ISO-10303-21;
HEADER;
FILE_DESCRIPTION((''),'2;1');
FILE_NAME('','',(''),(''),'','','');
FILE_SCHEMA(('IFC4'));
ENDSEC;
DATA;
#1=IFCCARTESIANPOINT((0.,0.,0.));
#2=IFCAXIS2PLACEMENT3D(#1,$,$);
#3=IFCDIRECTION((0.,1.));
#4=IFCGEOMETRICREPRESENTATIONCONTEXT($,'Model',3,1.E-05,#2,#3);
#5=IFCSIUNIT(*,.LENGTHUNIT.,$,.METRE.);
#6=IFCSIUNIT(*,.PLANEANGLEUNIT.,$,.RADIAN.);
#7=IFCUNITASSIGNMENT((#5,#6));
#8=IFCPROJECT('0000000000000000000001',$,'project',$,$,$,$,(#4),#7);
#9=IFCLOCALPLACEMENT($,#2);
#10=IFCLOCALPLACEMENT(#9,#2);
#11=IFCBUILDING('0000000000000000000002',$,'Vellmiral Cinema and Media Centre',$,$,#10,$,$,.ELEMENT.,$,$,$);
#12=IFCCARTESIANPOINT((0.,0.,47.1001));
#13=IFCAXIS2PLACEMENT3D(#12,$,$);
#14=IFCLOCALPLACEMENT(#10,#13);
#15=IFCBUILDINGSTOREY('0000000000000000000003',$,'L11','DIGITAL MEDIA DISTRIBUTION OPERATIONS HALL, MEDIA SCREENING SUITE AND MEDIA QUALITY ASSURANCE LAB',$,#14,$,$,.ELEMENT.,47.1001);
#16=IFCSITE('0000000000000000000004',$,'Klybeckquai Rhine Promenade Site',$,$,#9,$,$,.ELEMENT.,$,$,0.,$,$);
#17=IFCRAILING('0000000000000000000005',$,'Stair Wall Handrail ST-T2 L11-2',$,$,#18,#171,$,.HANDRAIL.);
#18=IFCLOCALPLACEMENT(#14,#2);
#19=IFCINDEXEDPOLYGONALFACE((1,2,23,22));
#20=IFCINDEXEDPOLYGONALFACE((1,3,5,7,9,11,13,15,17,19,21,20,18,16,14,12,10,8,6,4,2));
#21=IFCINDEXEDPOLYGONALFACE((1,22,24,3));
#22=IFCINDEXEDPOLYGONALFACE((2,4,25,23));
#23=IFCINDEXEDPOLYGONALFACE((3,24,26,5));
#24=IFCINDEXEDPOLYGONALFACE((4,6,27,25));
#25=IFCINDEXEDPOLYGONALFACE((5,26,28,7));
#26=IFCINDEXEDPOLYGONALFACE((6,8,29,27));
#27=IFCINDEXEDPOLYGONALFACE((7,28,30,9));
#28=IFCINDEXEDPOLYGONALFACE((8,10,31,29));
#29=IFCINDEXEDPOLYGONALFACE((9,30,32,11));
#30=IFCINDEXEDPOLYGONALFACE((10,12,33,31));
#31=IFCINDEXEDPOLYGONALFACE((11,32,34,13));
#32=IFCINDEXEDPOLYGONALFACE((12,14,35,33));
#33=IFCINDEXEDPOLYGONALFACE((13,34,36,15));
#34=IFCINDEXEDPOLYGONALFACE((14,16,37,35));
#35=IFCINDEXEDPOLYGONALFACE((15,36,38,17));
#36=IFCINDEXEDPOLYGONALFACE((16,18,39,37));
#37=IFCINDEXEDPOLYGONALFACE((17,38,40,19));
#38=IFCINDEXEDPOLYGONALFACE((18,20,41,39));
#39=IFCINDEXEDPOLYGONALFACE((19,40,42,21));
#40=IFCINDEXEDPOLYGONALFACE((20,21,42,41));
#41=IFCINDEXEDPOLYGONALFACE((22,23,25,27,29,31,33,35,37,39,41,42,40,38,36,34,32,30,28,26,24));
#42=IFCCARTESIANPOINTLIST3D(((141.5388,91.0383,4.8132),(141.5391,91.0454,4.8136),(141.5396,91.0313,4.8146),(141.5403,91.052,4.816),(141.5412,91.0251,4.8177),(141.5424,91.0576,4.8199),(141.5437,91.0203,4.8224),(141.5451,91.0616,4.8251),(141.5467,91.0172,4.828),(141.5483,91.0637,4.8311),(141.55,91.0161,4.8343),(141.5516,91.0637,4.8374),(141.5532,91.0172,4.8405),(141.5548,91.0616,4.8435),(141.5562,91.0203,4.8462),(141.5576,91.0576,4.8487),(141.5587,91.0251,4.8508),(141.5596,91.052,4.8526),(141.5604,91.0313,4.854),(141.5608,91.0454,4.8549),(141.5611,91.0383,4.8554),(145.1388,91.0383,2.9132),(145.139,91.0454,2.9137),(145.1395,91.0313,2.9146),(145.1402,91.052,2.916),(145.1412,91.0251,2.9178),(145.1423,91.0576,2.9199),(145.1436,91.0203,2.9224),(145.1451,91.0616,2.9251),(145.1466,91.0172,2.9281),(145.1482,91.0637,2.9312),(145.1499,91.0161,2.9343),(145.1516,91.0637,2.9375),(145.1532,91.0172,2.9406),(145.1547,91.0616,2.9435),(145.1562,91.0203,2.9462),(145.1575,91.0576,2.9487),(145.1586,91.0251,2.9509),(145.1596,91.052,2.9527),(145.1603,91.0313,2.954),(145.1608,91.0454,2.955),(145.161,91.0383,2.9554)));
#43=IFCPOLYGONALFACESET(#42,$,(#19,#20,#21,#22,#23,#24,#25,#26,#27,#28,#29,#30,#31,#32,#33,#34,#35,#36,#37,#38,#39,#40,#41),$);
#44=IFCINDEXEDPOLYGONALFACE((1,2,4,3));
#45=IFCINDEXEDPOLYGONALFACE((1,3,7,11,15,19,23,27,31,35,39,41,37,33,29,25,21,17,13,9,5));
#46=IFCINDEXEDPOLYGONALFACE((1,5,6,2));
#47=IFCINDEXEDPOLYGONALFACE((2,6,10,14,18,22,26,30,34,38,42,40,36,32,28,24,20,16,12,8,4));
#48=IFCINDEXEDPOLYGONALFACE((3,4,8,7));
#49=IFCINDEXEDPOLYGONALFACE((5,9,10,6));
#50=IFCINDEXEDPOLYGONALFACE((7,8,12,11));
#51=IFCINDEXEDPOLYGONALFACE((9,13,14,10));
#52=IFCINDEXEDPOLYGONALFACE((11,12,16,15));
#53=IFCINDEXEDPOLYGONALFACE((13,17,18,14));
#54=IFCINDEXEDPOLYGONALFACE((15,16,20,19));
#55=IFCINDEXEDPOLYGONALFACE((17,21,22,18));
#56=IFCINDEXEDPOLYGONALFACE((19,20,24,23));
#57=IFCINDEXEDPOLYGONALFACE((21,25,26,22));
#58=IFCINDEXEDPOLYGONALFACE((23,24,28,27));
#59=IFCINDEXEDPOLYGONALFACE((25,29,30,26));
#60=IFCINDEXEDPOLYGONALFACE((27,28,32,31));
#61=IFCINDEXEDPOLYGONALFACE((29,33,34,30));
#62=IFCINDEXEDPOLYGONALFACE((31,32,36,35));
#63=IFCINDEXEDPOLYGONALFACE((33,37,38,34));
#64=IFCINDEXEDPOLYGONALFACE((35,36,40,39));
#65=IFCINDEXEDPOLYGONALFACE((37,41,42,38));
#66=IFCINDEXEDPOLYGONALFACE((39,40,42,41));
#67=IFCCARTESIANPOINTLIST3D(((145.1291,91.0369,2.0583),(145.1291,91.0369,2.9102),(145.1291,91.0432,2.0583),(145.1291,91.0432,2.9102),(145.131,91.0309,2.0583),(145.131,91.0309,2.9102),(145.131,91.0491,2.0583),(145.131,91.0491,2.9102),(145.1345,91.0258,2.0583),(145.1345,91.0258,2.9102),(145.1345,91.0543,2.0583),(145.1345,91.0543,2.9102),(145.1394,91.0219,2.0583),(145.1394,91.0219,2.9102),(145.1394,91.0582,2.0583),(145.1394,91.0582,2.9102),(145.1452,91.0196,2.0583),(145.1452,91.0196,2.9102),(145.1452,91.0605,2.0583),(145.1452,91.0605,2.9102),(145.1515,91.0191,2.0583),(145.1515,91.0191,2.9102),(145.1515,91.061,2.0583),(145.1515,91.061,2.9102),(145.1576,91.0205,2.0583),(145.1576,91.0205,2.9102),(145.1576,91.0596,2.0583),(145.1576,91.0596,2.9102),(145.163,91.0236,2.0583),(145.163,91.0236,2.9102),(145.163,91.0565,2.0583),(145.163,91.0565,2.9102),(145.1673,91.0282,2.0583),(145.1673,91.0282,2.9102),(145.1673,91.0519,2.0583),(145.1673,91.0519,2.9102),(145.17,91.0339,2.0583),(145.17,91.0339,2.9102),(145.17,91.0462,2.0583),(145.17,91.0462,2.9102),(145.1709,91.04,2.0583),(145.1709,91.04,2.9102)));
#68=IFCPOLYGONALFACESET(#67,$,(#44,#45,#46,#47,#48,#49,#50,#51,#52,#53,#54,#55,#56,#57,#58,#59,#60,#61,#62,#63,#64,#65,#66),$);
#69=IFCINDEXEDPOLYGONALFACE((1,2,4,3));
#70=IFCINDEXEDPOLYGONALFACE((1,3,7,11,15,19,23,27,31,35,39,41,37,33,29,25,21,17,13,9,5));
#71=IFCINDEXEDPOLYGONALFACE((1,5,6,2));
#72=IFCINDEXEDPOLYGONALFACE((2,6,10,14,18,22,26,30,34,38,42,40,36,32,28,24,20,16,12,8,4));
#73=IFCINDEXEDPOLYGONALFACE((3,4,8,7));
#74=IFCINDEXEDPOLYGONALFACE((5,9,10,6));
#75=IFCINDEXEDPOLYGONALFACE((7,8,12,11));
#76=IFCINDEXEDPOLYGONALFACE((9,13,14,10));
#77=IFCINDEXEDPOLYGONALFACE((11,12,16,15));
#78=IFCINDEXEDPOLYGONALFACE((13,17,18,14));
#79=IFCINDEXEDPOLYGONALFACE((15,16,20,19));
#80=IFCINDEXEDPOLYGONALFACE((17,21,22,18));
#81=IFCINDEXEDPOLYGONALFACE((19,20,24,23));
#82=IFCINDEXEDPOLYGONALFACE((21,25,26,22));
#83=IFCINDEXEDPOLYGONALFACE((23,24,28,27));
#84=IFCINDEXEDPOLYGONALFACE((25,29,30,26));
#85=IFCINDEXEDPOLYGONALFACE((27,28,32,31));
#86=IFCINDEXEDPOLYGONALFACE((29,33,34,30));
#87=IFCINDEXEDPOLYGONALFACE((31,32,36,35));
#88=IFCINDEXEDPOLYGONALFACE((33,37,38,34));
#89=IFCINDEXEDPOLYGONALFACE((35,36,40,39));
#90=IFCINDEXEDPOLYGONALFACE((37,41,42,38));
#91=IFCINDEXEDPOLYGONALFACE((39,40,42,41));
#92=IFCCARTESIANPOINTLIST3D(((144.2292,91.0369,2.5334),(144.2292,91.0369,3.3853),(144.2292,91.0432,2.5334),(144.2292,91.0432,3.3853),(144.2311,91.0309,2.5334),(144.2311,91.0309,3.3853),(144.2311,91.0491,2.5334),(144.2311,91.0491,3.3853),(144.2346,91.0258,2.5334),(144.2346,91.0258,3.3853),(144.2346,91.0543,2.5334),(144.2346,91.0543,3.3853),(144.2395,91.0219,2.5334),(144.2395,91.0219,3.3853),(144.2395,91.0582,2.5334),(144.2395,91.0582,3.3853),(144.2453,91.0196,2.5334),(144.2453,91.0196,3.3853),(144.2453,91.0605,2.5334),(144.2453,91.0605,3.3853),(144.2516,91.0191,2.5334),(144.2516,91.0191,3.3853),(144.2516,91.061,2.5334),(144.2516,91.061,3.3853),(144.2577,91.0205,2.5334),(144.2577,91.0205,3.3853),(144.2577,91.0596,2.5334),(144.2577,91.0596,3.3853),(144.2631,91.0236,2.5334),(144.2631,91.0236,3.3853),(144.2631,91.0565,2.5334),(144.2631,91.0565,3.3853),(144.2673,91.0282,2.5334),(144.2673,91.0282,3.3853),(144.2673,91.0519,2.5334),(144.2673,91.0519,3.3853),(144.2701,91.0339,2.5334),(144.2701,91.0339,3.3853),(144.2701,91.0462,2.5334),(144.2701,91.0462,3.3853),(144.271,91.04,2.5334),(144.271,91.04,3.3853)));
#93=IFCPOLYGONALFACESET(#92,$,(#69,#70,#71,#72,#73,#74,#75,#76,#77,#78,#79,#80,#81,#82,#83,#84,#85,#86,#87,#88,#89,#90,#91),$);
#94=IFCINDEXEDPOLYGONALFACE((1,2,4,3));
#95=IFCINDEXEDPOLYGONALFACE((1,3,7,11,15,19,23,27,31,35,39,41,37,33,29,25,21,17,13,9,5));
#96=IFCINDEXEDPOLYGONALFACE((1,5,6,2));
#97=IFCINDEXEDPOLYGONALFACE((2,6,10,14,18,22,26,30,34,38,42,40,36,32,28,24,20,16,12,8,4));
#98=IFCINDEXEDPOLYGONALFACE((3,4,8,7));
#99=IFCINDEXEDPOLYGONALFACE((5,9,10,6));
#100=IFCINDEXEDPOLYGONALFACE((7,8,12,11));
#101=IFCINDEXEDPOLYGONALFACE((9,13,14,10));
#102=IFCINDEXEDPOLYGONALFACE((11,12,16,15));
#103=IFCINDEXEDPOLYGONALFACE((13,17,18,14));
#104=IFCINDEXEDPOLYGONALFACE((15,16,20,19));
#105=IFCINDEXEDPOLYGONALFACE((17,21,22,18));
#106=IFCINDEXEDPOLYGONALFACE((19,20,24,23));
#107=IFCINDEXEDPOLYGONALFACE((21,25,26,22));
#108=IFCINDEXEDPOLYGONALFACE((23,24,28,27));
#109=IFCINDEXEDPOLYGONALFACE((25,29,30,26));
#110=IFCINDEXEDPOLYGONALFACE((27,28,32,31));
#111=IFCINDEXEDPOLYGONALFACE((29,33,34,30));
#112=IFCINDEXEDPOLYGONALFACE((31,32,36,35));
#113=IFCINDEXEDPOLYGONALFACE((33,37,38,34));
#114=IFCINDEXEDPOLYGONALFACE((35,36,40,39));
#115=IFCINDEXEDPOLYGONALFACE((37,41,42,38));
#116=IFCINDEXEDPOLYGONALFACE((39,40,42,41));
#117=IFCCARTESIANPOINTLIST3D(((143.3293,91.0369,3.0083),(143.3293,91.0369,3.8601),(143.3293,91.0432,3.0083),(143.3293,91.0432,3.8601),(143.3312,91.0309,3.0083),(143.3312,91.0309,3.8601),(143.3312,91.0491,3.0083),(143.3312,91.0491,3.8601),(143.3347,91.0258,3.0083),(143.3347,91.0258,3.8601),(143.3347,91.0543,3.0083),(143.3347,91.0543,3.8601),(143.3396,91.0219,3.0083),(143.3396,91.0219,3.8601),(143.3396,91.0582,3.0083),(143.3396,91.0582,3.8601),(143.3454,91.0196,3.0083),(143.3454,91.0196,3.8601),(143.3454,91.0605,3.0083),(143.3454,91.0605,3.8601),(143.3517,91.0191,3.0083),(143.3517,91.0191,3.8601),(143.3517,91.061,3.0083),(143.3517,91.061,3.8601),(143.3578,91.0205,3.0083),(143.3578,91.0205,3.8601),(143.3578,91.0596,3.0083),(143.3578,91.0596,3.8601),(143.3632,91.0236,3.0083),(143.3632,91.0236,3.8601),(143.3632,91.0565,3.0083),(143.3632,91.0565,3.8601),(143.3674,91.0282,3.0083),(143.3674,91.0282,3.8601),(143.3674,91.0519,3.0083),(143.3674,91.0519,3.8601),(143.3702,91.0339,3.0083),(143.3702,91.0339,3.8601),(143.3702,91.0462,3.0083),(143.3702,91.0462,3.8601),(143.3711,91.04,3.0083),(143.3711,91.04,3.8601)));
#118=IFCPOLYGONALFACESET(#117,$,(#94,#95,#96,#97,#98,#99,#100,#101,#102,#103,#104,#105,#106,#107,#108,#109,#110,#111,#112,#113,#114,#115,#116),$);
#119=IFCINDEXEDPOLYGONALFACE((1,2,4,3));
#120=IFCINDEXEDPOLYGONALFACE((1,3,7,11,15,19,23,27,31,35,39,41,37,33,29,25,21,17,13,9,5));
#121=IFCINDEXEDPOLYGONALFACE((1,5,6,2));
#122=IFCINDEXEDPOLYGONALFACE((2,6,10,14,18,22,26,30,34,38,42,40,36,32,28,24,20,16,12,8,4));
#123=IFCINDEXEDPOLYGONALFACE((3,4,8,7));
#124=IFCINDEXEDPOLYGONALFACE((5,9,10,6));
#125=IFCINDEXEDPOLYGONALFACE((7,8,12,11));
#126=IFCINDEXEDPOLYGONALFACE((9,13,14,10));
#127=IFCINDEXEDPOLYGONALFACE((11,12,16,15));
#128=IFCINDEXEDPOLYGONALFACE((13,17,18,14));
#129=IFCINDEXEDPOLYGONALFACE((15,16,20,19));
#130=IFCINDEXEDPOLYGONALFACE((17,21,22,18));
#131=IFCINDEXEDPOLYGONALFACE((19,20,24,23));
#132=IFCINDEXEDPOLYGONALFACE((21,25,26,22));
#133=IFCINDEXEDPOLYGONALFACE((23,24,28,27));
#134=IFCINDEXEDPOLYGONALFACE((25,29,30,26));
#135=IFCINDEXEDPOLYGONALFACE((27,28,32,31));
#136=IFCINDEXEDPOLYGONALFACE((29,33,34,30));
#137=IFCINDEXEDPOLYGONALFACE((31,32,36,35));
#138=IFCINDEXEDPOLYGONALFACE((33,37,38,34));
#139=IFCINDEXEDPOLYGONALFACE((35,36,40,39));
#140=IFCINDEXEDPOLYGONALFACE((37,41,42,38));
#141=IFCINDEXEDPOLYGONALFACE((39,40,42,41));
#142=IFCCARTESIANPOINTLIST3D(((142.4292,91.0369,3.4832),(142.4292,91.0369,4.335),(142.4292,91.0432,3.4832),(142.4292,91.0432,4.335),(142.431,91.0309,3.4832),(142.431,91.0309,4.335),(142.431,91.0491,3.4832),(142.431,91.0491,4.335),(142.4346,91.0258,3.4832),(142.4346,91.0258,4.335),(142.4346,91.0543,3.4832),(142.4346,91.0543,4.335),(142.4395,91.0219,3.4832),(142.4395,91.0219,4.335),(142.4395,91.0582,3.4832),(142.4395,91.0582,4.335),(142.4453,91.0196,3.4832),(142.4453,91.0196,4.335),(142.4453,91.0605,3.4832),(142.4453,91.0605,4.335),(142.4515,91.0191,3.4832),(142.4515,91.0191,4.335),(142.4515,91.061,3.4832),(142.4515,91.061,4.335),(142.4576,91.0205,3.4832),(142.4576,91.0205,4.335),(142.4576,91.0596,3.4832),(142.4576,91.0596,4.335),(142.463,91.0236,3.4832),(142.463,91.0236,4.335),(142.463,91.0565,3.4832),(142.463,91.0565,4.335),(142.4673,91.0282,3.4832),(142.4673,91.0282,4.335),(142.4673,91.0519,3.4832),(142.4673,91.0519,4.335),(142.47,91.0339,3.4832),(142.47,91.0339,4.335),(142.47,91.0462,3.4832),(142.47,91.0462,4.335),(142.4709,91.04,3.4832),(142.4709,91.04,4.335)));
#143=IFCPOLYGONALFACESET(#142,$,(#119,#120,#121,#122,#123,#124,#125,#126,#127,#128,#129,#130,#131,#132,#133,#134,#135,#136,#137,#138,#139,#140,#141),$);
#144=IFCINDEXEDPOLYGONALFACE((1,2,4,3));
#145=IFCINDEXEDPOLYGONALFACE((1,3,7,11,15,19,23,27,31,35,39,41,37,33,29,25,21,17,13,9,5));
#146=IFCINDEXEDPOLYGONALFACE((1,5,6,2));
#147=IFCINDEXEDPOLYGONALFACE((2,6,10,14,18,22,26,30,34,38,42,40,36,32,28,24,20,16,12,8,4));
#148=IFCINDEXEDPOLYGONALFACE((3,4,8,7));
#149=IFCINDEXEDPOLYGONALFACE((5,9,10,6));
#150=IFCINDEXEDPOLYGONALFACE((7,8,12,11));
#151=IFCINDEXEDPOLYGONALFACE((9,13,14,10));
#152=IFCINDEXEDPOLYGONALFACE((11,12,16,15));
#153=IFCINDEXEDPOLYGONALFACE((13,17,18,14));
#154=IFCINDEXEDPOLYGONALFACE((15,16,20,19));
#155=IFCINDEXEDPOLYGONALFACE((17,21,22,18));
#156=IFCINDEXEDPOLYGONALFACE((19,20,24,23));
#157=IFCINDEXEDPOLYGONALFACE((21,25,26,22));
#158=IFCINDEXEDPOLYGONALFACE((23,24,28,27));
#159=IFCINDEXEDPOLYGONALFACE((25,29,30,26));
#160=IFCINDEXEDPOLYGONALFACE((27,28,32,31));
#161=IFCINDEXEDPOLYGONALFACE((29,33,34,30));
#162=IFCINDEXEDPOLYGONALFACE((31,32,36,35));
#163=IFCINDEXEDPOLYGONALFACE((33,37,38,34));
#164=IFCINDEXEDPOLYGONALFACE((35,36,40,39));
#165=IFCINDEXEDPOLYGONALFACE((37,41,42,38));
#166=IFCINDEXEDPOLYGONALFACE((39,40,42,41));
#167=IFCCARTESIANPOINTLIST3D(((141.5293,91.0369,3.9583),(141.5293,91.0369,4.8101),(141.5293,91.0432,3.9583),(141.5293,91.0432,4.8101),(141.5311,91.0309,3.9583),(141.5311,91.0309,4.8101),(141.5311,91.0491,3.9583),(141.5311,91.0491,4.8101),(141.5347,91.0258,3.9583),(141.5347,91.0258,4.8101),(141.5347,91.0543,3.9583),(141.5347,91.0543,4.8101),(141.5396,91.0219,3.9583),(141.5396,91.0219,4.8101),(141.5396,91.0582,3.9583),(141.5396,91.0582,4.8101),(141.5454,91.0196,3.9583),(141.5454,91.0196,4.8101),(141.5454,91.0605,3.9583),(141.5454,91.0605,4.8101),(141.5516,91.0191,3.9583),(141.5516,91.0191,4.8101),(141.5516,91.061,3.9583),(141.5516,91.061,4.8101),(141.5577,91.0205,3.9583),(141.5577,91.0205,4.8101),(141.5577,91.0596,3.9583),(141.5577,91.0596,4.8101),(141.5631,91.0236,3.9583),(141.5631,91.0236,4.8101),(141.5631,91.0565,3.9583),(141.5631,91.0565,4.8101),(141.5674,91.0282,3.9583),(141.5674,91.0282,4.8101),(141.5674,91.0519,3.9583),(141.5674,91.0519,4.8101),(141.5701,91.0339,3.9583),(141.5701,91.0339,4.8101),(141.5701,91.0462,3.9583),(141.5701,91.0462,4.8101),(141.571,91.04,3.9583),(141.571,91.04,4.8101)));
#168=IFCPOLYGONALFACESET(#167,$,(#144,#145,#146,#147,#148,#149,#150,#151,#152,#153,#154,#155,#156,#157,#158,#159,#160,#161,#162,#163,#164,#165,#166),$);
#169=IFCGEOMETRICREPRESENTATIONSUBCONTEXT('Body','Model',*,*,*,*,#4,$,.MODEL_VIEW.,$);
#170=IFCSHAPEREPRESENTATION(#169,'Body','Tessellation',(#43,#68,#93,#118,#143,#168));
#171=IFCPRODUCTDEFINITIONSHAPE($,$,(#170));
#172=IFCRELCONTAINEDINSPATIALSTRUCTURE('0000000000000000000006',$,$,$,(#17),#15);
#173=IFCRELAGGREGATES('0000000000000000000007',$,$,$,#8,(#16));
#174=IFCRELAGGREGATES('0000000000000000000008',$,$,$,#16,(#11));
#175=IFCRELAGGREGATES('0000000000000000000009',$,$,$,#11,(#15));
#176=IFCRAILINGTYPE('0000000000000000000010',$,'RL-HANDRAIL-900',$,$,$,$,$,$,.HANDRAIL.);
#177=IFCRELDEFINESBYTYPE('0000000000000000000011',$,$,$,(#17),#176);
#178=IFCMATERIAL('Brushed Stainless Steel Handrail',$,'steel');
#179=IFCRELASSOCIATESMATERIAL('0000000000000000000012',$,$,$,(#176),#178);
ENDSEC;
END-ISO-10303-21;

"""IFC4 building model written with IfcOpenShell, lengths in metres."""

from ifc_helpers import new_model, si_unit, direction, frame, origin, origin_2d, place, context, subcontext, project, spatial, circle, extrude, material, type_object, element, save


model = new_model("IFC4")

# Units and contexts
model_context = context("Model", 3, precision=1e-05, world=origin(), true_north=direction((0.0, 1.0)))
body_context = subcontext(model_context, "Body", "Model", "MODEL_VIEW")
ifc_project = project(units=[si_unit("LENGTHUNIT", "METRE"), si_unit("PLANEANGLEUNIT", "RADIAN")], contexts=[model_context])

# Site, building, storey
site_placement = place(None, origin())
site = spatial("IfcSite", under=ifc_project, at=site_placement, Name="Klybeckquai Rhine Promenade Site", CompositionType="ELEMENT", RefElevation=0.0)
building_placement = place(site_placement, origin())
building = spatial("IfcBuilding", under=site, at=building_placement, Name="Vellmiral Cinema and Media Centre", CompositionType="ELEMENT")
storey_placement = place(building_placement, frame((0.0, 0.0, 47.1001)))
storey = spatial("IfcBuildingStorey", under=building, at=storey_placement, Name="L11", Description="DIGITAL MEDIA DISTRIBUTION OPERATIONS HALL, MEDIA SCREENING SUITE AND MEDIA QUALITY ASSURANCE LAB", CompositionType="ELEMENT", Elevation=47.1001)

# Railing
ifc_material_1 = material(Name="Brushed Stainless Steel Handrail", Category="steel")
railing_type_1 = type_object("IfcRailingType", Name="RL-HANDRAIL-900", PredefinedType="HANDRAIL", material=ifc_material_1)
railing_1_placement = place(storey_placement, frame((145.1499, 91.04, 2.0583)))
element("IfcRailing", 1, at=railing_1_placement, inside=storey, type_object=railing_type_1, Name="Stair Wall Handrail ST-T2 L11-2", PredefinedType="HANDRAIL", context=body_context, shape_type="SweptSolid", body=[
    extrude(circle(Radius=0.0239, at=origin_2d()), frame((0.0, 0.0, 0.876), z_axis=(-0.884387, 0.0, 0.466755), x_axis=(0.0, -1.0, 0.0)), (0.0, 0.0, 1.0), 4.0706),
    extrude(circle(Radius=0.021, at=origin_2d()), origin(), (0.0, 0.0, 1.0), 0.8518),
    extrude(circle(Radius=0.021, at=origin_2d()), frame((-0.8999, 0.0, 0.4751)), (0.0, 0.0, 1.0), 0.8518),
    extrude(circle(Radius=0.021, at=origin_2d()), frame((-1.7998, 0.0, 0.95)), (0.0, 0.0, 1.0), 0.8518),
    extrude(circle(Radius=0.021, at=origin_2d()), frame((-2.7, 0.0, 1.4248)), (0.0, 0.0, 1.0), 0.8518),
    extrude(circle(Radius=0.021, at=origin_2d()), frame((-3.5999, 0.0, 1.8999)), (0.0, 0.0, 1.0), 0.8518),
])

save(model, "model.ifc")
